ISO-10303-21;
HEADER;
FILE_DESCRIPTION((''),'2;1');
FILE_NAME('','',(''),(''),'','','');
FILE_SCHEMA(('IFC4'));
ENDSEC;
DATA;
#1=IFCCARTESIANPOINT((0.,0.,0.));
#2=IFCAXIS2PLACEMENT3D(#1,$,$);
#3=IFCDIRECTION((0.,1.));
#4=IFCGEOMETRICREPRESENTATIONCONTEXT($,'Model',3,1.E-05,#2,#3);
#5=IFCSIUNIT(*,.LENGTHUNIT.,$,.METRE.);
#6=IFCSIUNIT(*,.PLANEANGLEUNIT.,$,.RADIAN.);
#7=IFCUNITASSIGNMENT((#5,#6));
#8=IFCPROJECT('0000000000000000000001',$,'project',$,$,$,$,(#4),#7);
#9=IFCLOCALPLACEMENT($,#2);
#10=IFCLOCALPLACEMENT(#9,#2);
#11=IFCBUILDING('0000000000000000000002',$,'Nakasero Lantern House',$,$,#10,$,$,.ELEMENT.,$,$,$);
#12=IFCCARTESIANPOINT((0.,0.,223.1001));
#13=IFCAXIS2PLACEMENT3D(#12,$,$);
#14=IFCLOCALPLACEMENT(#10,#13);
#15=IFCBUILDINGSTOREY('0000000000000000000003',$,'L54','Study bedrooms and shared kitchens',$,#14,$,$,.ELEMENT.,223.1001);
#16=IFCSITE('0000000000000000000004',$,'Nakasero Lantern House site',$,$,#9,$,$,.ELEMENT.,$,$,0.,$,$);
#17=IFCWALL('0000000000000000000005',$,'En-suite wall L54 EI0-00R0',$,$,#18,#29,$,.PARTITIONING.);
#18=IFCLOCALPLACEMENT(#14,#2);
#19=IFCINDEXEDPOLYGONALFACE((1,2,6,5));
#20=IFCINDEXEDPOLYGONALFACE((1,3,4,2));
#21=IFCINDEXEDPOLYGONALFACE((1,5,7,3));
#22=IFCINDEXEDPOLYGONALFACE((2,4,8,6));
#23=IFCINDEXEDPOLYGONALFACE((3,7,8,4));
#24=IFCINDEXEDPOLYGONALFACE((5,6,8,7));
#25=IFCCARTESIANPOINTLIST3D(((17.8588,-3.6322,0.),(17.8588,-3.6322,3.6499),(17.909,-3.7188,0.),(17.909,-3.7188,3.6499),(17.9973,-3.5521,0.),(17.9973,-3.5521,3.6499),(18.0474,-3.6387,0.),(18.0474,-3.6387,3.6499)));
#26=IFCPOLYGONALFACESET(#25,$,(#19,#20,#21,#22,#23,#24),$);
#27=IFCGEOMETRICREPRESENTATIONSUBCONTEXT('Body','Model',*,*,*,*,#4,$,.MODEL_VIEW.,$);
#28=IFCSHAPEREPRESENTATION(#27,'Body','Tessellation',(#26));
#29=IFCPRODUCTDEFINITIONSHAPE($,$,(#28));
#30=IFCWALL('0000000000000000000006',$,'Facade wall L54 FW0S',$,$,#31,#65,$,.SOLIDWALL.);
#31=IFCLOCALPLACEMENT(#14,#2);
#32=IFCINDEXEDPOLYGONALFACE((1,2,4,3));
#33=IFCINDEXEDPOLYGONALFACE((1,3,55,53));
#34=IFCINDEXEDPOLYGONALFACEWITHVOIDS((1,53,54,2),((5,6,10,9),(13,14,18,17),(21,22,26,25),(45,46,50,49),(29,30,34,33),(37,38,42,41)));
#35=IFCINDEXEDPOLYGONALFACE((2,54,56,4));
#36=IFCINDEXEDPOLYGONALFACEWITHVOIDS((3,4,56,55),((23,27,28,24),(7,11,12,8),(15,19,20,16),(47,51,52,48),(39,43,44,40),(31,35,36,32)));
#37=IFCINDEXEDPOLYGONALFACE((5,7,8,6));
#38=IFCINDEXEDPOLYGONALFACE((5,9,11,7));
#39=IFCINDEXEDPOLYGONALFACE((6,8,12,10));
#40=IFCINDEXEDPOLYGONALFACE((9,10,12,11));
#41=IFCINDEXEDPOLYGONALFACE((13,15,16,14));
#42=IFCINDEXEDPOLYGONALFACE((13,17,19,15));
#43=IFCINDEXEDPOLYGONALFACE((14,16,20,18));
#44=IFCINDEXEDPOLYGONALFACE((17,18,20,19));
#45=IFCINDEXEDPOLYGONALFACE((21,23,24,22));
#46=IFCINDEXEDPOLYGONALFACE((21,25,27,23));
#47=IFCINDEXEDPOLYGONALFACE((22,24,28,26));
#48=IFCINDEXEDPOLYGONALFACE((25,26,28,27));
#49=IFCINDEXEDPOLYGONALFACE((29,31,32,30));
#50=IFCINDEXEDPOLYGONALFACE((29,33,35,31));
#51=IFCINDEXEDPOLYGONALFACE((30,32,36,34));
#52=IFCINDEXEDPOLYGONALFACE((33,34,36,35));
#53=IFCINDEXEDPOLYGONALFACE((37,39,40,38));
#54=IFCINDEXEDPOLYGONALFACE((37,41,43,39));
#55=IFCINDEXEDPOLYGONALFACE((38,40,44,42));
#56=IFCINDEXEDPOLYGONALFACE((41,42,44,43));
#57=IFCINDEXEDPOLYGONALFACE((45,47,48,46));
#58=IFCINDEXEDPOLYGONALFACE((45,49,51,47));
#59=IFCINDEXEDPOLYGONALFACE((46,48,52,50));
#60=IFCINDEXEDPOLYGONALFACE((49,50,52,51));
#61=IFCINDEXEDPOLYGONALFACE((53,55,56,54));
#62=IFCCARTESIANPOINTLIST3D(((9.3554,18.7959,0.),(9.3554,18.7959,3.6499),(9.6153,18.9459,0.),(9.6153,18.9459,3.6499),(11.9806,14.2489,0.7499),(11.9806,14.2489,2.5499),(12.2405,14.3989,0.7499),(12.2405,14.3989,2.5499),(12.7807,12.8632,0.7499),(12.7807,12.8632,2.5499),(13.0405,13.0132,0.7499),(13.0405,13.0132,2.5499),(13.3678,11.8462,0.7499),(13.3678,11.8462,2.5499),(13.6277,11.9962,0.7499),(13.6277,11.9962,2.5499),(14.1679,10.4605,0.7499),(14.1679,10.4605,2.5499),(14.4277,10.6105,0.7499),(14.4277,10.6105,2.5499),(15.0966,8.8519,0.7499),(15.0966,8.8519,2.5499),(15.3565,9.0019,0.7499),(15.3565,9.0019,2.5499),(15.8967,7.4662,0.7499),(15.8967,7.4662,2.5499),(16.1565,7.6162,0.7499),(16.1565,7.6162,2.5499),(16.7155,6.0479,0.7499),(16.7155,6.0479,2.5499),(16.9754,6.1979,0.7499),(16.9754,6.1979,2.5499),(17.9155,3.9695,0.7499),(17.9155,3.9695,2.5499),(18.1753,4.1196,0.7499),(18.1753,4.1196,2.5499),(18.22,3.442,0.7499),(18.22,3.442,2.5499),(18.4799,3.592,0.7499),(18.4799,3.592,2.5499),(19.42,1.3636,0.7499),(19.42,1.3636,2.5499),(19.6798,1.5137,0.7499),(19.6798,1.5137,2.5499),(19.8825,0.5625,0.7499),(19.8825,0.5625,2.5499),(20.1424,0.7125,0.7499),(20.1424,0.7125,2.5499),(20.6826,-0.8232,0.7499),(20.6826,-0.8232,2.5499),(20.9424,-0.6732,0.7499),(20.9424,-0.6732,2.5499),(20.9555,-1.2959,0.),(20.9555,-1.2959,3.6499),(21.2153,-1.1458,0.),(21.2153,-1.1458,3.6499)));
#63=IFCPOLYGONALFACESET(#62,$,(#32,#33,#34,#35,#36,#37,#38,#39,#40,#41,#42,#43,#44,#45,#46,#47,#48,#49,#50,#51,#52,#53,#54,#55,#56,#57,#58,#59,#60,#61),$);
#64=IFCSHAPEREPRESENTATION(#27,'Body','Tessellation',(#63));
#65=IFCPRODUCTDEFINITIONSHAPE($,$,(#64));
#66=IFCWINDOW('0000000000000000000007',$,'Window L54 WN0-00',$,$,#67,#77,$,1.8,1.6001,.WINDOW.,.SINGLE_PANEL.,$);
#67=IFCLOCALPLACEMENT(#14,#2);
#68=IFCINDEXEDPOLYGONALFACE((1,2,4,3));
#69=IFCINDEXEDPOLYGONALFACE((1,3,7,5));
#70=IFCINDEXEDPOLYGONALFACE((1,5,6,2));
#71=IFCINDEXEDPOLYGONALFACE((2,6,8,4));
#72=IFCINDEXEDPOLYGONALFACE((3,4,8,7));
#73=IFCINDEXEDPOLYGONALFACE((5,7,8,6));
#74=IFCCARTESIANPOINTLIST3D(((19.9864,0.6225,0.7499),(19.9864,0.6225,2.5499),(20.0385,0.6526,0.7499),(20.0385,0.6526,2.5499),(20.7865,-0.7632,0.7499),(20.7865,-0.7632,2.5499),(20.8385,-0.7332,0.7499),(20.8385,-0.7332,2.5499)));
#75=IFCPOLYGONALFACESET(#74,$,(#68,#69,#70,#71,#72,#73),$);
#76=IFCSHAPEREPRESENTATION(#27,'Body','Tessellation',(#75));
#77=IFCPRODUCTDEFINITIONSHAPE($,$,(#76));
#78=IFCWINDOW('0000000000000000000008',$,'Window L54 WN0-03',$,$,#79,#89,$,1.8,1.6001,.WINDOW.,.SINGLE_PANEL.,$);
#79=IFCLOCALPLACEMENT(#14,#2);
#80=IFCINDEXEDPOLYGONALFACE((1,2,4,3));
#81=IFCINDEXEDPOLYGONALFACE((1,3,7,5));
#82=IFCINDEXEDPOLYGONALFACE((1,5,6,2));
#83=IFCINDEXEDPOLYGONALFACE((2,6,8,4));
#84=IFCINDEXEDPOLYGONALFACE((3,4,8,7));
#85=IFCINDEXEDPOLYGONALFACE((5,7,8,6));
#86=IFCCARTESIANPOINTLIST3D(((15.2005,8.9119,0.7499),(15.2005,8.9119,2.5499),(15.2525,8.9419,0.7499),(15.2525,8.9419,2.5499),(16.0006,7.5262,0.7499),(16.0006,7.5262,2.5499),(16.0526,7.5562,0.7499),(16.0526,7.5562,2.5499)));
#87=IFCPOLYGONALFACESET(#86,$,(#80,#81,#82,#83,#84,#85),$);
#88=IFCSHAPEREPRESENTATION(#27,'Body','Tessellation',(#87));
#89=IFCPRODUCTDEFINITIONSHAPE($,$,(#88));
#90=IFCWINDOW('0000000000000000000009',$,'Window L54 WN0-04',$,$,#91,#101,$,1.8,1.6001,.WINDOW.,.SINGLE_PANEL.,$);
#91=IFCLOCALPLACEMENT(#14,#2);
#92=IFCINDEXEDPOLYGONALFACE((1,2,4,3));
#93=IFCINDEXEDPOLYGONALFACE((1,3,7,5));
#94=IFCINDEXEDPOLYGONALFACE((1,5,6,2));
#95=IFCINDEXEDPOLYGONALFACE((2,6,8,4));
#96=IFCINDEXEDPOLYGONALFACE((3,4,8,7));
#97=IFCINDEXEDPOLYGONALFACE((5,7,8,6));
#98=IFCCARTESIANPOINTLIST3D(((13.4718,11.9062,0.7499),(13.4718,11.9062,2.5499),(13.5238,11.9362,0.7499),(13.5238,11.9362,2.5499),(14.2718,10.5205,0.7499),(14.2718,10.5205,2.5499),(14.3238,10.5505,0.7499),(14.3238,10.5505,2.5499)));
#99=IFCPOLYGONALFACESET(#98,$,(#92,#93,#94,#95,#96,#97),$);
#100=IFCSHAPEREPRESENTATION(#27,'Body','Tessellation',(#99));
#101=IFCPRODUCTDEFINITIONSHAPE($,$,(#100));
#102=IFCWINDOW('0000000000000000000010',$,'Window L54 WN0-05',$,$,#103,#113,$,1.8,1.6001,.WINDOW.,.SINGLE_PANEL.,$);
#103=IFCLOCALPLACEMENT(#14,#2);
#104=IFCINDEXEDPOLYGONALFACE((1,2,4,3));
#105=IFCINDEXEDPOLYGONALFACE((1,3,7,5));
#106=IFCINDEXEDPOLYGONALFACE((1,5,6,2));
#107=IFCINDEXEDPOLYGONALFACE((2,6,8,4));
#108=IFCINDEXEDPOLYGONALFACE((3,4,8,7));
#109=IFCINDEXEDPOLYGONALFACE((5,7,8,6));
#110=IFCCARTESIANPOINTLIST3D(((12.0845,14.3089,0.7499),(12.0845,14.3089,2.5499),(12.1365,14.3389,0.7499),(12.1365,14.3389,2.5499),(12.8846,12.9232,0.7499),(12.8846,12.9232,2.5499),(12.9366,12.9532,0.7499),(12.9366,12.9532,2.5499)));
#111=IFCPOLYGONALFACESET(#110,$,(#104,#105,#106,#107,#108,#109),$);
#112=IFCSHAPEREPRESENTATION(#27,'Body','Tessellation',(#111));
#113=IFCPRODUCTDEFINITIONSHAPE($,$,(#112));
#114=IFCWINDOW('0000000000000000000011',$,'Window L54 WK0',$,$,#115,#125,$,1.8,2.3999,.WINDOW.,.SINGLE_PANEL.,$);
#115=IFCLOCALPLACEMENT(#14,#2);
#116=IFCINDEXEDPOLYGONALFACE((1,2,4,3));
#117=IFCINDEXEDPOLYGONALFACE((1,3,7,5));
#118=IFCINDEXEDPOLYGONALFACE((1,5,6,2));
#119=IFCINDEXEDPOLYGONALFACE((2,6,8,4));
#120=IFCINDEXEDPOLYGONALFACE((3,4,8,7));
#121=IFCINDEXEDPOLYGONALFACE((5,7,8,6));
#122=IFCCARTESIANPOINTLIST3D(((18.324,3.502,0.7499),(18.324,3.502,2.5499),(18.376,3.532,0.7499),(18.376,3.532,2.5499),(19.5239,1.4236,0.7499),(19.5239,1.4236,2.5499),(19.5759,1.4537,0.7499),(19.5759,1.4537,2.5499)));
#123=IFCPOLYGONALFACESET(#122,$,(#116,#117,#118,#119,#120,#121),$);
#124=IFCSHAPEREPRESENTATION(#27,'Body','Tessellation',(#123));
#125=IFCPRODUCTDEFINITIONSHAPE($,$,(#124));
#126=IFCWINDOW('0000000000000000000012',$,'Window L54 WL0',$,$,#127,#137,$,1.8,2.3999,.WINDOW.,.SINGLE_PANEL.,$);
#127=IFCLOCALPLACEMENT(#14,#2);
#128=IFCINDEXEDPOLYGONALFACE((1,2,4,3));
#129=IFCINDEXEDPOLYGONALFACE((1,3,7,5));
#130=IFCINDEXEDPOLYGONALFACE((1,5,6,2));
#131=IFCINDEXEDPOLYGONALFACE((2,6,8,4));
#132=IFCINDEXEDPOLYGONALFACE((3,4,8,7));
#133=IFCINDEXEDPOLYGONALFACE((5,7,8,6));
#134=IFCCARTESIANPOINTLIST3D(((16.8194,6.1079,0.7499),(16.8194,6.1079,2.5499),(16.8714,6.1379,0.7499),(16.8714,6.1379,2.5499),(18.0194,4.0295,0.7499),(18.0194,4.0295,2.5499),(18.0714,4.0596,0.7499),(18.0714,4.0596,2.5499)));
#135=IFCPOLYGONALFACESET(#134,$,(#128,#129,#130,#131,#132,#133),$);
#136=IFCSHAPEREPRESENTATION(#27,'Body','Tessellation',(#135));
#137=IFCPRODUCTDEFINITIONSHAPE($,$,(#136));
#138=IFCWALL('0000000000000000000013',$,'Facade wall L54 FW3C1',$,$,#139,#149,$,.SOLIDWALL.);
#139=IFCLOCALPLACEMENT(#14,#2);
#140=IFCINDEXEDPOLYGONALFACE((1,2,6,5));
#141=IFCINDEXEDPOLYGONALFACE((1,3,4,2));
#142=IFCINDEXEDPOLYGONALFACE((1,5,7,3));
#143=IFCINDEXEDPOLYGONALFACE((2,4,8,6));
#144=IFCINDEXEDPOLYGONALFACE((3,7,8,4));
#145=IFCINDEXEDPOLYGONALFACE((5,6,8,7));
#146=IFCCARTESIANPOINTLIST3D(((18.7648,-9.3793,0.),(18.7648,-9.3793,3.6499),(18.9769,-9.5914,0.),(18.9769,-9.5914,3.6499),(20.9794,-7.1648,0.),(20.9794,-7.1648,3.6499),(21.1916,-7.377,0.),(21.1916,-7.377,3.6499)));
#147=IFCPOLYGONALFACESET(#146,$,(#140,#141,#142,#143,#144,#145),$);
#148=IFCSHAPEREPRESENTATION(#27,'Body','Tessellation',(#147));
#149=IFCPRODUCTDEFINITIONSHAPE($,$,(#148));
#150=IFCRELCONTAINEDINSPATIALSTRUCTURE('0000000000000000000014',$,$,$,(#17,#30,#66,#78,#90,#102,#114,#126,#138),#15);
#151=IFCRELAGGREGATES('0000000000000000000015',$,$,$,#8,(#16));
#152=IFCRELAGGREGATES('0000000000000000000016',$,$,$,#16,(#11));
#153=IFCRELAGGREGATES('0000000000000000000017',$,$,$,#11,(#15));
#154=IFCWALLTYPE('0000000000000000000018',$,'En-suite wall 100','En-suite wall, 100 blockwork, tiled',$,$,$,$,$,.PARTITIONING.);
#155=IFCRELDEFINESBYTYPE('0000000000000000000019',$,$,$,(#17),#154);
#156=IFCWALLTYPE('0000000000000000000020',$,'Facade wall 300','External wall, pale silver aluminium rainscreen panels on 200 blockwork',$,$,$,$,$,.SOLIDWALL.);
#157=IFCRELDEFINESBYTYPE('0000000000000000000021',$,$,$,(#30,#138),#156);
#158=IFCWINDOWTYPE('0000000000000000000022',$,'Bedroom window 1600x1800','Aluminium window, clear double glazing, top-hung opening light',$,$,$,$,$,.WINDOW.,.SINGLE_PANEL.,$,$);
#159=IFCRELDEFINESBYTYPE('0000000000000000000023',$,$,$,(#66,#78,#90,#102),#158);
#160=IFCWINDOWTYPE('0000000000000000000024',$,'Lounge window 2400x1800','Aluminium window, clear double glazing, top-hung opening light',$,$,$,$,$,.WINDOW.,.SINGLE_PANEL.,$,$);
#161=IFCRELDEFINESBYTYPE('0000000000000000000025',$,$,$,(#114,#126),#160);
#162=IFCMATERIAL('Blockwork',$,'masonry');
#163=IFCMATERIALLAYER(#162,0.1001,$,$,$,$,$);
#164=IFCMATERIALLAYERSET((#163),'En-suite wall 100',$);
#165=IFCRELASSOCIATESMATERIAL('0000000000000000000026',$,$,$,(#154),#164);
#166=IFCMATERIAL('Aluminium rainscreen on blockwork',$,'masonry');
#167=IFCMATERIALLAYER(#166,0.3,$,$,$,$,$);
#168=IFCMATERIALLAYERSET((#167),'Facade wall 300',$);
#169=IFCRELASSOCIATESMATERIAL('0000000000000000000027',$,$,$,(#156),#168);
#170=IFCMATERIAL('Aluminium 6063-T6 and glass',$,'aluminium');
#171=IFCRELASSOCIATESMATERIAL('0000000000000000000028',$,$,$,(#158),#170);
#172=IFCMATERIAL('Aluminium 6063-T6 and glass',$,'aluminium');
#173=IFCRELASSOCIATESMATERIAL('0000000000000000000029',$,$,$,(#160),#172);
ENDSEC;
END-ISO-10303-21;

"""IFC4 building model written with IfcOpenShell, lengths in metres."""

from ifc_helpers import new_model, si_unit, direction, frame, frame_2d, origin, place, context, subcontext, project, spatial, rectangle, extrude, material, layer, layer_set, type_object, element, fill, save


model = new_model("IFC4")

# Units and contexts
model_context = context("Model", 3, precision=1e-05, world=origin(), true_north=direction((0.0, 1.0)))
body_context = subcontext(model_context, "Body", "Model", "MODEL_VIEW")
ifc_project = project(units=[si_unit("LENGTHUNIT", "METRE"), si_unit("PLANEANGLEUNIT", "RADIAN")], contexts=[model_context])

# Site, building, storey
site_placement = place(None, origin())
site = spatial("IfcSite", under=ifc_project, at=site_placement, Name="Nakasero Lantern House site", CompositionType="ELEMENT", RefElevation=0.0)
building_placement = place(site_placement, origin())
building = spatial("IfcBuilding", under=site, at=building_placement, Name="Nakasero Lantern House", CompositionType="ELEMENT")
storey_placement = place(building_placement, frame((0.0, 0.0, 223.1001)))
storey = spatial("IfcBuildingStorey", under=building, at=storey_placement, Name="L54", Description="Study bedrooms and shared kitchens", CompositionType="ELEMENT", Elevation=223.1001)

# Shared definitions
ifc_material_1 = material(Name="Blockwork", Category="masonry")
ifc_layer_1 = layer(ifc_material_1, 0.1001)
ifc_layer_set_1 = layer_set([ifc_layer_1], Name="En-suite wall 100")
wall_type_1 = type_object("IfcWallType", Name="En-suite wall 100", Description="En-suite wall, 100 blockwork, tiled", PredefinedType="PARTITIONING", material=ifc_layer_set_1)

# Wall
wall_1_placement = place(storey_placement, frame((17.8838, -3.6755, 0.0), z_axis=(0.0, 0.0, 1.0), x_axis=(0.8656, 0.500735, 0.0)))
element("IfcWall", 1, at=wall_1_placement, inside=storey, type_object=wall_type_1, Name="En-suite wall L54 EI0-00R0", PredefinedType="PARTITIONING", context=body_context, shape_type="SweptSolid", body=[
    extrude(rectangle(XDim=0.1599, YDim=0.1001, at=frame_2d((0.0801, 0.0))), origin(), (0.0, 0.0, 1.0), 3.6499),
])

# Wall, openings, windows
ifc_material_2 = material(Name="Aluminium rainscreen on blockwork", Category="masonry")
ifc_layer_2 = layer(ifc_material_2, 0.3)
ifc_layer_set_2 = layer_set([ifc_layer_2], Name="Facade wall 300")
wall_type_2 = type_object("IfcWallType", Name="Facade wall 300", Description="External wall, pale silver aluminium rainscreen panels on 200 blockwork", PredefinedType="SOLIDWALL", material=ifc_layer_set_2)
wall_2_placement = place(storey_placement, frame((21.0854, -1.2209, 0.0), z_axis=(0.0, 0.0, 1.0), x_axis=(-0.500003, 0.866024, 0.0)))
wall_2 = element("IfcWall", 2, at=wall_2_placement, inside=storey, type_object=wall_type_2, Name="Facade wall L54 FW0S", PredefinedType="SOLIDWALL", context=body_context, shape_type="SweptSolid", body=[
    extrude(rectangle(XDim=23.2, YDim=0.3, at=frame_2d((11.6001, 0.0))), origin(), (0.0, 0.0, 1.0), 3.6499),
])
opening_1_placement = place(wall_2_placement, frame((0.5459, 0.0, 0.75)))
opening_1 = element("IfcOpeningElement", 3, at=opening_1_placement, cuts=wall_2, PredefinedType="OPENING", context=body_context, shape_type="SweptSolid", body=[
    extrude(rectangle(XDim=1.6001, YDim=1.8, at=frame_2d((0.8, 0.8999))), frame((0.0, 0.1699, 0.0), z_axis=(0.0, -1.0, 0.0), x_axis=(1.0, 0.0, 0.0)), (0.0, 0.0, 1.0), 0.3401),
])
opening_2_placement = place(wall_2_placement, frame((10.1177, 0.0, 0.75)))
opening_2 = element("IfcOpeningElement", 4, at=opening_2_placement, cuts=wall_2, PredefinedType="OPENING", context=body_context, shape_type="SweptSolid", body=[
    extrude(rectangle(XDim=1.6001, YDim=1.8, at=frame_2d((0.8, 0.8999))), frame((0.0, 0.1699, 0.0), z_axis=(0.0, -1.0, 0.0), x_axis=(1.0, 0.0, 0.0)), (0.0, 0.0, 1.0), 0.3401),
])
opening_3_placement = place(wall_2_placement, frame((13.5752, 0.0, 0.75)))
opening_3 = element("IfcOpeningElement", 5, at=opening_3_placement, cuts=wall_2, PredefinedType="OPENING", context=body_context, shape_type="SweptSolid", body=[
    extrude(rectangle(XDim=1.6001, YDim=1.8, at=frame_2d((0.8, 0.8999))), frame((0.0, 0.1699, 0.0), z_axis=(0.0, -1.0, 0.0), x_axis=(1.0, 0.0, 0.0)), (0.0, 0.0, 1.0), 0.3401),
])
opening_4_placement = place(wall_2_placement, frame((16.3496, 0.0, 0.75)))
opening_4 = element("IfcOpeningElement", 6, at=opening_4_placement, cuts=wall_2, PredefinedType="OPENING", context=body_context, shape_type="SweptSolid", body=[
    extrude(rectangle(XDim=1.6001, YDim=1.8, at=frame_2d((0.8, 0.8999))), frame((0.0, 0.1699, 0.0), z_axis=(0.0, -1.0, 0.0), x_axis=(1.0, 0.0, 0.0)), (0.0, 0.0, 1.0), 0.3401),
])
opening_5_placement = place(wall_2_placement, frame((3.071, 0.0, 0.75)))
opening_5 = element("IfcOpeningElement", 7, at=opening_5_placement, cuts=wall_2, PredefinedType="OPENING", context=body_context, shape_type="SweptSolid", body=[
    extrude(rectangle(XDim=2.3999, YDim=1.8, at=frame_2d((1.2, 0.8999))), frame((0.0, 0.1699, 0.0), z_axis=(0.0, -1.0, 0.0), x_axis=(1.0, 0.0, 0.0)), (0.0, 0.0, 1.0), 0.3401),
])
opening_6_placement = place(wall_2_placement, frame((6.0801, 0.0, 0.75)))
opening_6 = element("IfcOpeningElement", 8, at=opening_6_placement, cuts=wall_2, PredefinedType="OPENING", context=body_context, shape_type="SweptSolid", body=[
    extrude(rectangle(XDim=2.3999, YDim=1.8, at=frame_2d((1.2, 0.8999))), frame((0.0, 0.1699, 0.0), z_axis=(0.0, -1.0, 0.0), x_axis=(1.0, 0.0, 0.0)), (0.0, 0.0, 1.0), 0.3401),
])
ifc_material_3 = material(Name="Aluminium 6063-T6 and glass", Category="aluminium")
window_type_1 = type_object("IfcWindowType", Name="Bedroom window 1600x1800", Description="Aluminium window, clear double glazing, top-hung opening light", PartitioningType="SINGLE_PANEL", PredefinedType="WINDOW", material=ifc_material_3)
window_1_placement = place(opening_1_placement, origin())
window_1 = element("IfcWindow", 9, at=window_1_placement, inside=storey, type_object=window_type_1, Name="Window L54 WN0-00", OverallHeight=1.8, OverallWidth=1.6001, PartitioningType="SINGLE_PANEL", PredefinedType="WINDOW", context=body_context, shape_type="SweptSolid", body=[
    extrude(rectangle(XDim=1.6001, YDim=1.8, at=frame_2d((0.8, 0.8999))), frame((0.0, 0.03, 0.0), z_axis=(0.0, -1.0, 0.0), x_axis=(1.0, 0.0, 0.0)), (0.0, 0.0, 1.0), 0.0601),
])
fill(opening_1, window_1)
window_2_placement = place(opening_2_placement, origin())
window_2 = element("IfcWindow", 10, at=window_2_placement, inside=storey, type_object=window_type_1, Name="Window L54 WN0-03", OverallHeight=1.8, OverallWidth=1.6001, PartitioningType="SINGLE_PANEL", PredefinedType="WINDOW", context=body_context, shape_type="SweptSolid", body=[
    extrude(rectangle(XDim=1.6001, YDim=1.8, at=frame_2d((0.8, 0.8999))), frame((0.0, 0.03, 0.0), z_axis=(0.0, -1.0, 0.0), x_axis=(1.0, 0.0, 0.0)), (0.0, 0.0, 1.0), 0.0601),
])
fill(opening_2, window_2)
window_3_placement = place(opening_3_placement, origin())
window_3 = element("IfcWindow", 11, at=window_3_placement, inside=storey, type_object=window_type_1, Name="Window L54 WN0-04", OverallHeight=1.8, OverallWidth=1.6001, PartitioningType="SINGLE_PANEL", PredefinedType="WINDOW", context=body_context, shape_type="SweptSolid", body=[
    extrude(rectangle(XDim=1.6001, YDim=1.8, at=frame_2d((0.8, 0.8999))), frame((0.0, 0.03, 0.0), z_axis=(0.0, -1.0, 0.0), x_axis=(1.0, 0.0, 0.0)), (0.0, 0.0, 1.0), 0.0601),
])
fill(opening_3, window_3)
window_4_placement = place(opening_4_placement, origin())
window_4 = element("IfcWindow", 12, at=window_4_placement, inside=storey, type_object=window_type_1, Name="Window L54 WN0-05", OverallHeight=1.8, OverallWidth=1.6001, PartitioningType="SINGLE_PANEL", PredefinedType="WINDOW", context=body_context, shape_type="SweptSolid", body=[
    extrude(rectangle(XDim=1.6001, YDim=1.8, at=frame_2d((0.8, 0.8999))), frame((0.0, 0.03, 0.0), z_axis=(0.0, -1.0, 0.0), x_axis=(1.0, 0.0, 0.0)), (0.0, 0.0, 1.0), 0.0601),
])
fill(opening_4, window_4)
ifc_material_4 = material(Name="Aluminium 6063-T6 and glass", Category="aluminium")
window_type_2 = type_object("IfcWindowType", Name="Lounge window 2400x1800", Description="Aluminium window, clear double glazing, top-hung opening light", PartitioningType="SINGLE_PANEL", PredefinedType="WINDOW", material=ifc_material_4)
window_5_placement = place(opening_5_placement, origin())
window_5 = element("IfcWindow", 13, at=window_5_placement, inside=storey, type_object=window_type_2, Name="Window L54 WK0", OverallHeight=1.8, OverallWidth=2.3999, PartitioningType="SINGLE_PANEL", PredefinedType="WINDOW", context=body_context, shape_type="SweptSolid", body=[
    extrude(rectangle(XDim=2.3999, YDim=1.8, at=frame_2d((1.2, 0.8999))), frame((0.0, 0.03, 0.0), z_axis=(0.0, -1.0, 0.0), x_axis=(1.0, 0.0, 0.0)), (0.0, 0.0, 1.0), 0.0601),
])
fill(opening_5, window_5)
window_6_placement = place(opening_6_placement, origin())
window_6 = element("IfcWindow", 14, at=window_6_placement, inside=storey, type_object=window_type_2, Name="Window L54 WL0", OverallHeight=1.8, OverallWidth=2.3999, PartitioningType="SINGLE_PANEL", PredefinedType="WINDOW", context=body_context, shape_type="SweptSolid", body=[
    extrude(rectangle(XDim=2.3999, YDim=1.8, at=frame_2d((1.2, 0.8999))), frame((0.0, 0.03, 0.0), z_axis=(0.0, -1.0, 0.0), x_axis=(1.0, 0.0, 0.0)), (0.0, 0.0, 1.0), 0.0601),
])
fill(opening_6, window_6)

# Wall
wall_3_placement = place(storey_placement, frame((18.8708, -9.4854, 0.0), z_axis=(0.0, 0.0, 1.0), x_axis=(0.707146, 0.707068, 0.0)))
element("IfcWall", 15, at=wall_3_placement, inside=storey, type_object=wall_type_2, Name="Facade wall L54 FW3C1", PredefinedType="SOLIDWALL", context=body_context, shape_type="SweptSolid", body=[
    extrude(rectangle(XDim=3.1318, YDim=0.3, at=frame_2d((1.5659, 0.0))), origin(), (0.0, 0.0, 1.0), 3.6499),
])

save(model, "model.ifc")
